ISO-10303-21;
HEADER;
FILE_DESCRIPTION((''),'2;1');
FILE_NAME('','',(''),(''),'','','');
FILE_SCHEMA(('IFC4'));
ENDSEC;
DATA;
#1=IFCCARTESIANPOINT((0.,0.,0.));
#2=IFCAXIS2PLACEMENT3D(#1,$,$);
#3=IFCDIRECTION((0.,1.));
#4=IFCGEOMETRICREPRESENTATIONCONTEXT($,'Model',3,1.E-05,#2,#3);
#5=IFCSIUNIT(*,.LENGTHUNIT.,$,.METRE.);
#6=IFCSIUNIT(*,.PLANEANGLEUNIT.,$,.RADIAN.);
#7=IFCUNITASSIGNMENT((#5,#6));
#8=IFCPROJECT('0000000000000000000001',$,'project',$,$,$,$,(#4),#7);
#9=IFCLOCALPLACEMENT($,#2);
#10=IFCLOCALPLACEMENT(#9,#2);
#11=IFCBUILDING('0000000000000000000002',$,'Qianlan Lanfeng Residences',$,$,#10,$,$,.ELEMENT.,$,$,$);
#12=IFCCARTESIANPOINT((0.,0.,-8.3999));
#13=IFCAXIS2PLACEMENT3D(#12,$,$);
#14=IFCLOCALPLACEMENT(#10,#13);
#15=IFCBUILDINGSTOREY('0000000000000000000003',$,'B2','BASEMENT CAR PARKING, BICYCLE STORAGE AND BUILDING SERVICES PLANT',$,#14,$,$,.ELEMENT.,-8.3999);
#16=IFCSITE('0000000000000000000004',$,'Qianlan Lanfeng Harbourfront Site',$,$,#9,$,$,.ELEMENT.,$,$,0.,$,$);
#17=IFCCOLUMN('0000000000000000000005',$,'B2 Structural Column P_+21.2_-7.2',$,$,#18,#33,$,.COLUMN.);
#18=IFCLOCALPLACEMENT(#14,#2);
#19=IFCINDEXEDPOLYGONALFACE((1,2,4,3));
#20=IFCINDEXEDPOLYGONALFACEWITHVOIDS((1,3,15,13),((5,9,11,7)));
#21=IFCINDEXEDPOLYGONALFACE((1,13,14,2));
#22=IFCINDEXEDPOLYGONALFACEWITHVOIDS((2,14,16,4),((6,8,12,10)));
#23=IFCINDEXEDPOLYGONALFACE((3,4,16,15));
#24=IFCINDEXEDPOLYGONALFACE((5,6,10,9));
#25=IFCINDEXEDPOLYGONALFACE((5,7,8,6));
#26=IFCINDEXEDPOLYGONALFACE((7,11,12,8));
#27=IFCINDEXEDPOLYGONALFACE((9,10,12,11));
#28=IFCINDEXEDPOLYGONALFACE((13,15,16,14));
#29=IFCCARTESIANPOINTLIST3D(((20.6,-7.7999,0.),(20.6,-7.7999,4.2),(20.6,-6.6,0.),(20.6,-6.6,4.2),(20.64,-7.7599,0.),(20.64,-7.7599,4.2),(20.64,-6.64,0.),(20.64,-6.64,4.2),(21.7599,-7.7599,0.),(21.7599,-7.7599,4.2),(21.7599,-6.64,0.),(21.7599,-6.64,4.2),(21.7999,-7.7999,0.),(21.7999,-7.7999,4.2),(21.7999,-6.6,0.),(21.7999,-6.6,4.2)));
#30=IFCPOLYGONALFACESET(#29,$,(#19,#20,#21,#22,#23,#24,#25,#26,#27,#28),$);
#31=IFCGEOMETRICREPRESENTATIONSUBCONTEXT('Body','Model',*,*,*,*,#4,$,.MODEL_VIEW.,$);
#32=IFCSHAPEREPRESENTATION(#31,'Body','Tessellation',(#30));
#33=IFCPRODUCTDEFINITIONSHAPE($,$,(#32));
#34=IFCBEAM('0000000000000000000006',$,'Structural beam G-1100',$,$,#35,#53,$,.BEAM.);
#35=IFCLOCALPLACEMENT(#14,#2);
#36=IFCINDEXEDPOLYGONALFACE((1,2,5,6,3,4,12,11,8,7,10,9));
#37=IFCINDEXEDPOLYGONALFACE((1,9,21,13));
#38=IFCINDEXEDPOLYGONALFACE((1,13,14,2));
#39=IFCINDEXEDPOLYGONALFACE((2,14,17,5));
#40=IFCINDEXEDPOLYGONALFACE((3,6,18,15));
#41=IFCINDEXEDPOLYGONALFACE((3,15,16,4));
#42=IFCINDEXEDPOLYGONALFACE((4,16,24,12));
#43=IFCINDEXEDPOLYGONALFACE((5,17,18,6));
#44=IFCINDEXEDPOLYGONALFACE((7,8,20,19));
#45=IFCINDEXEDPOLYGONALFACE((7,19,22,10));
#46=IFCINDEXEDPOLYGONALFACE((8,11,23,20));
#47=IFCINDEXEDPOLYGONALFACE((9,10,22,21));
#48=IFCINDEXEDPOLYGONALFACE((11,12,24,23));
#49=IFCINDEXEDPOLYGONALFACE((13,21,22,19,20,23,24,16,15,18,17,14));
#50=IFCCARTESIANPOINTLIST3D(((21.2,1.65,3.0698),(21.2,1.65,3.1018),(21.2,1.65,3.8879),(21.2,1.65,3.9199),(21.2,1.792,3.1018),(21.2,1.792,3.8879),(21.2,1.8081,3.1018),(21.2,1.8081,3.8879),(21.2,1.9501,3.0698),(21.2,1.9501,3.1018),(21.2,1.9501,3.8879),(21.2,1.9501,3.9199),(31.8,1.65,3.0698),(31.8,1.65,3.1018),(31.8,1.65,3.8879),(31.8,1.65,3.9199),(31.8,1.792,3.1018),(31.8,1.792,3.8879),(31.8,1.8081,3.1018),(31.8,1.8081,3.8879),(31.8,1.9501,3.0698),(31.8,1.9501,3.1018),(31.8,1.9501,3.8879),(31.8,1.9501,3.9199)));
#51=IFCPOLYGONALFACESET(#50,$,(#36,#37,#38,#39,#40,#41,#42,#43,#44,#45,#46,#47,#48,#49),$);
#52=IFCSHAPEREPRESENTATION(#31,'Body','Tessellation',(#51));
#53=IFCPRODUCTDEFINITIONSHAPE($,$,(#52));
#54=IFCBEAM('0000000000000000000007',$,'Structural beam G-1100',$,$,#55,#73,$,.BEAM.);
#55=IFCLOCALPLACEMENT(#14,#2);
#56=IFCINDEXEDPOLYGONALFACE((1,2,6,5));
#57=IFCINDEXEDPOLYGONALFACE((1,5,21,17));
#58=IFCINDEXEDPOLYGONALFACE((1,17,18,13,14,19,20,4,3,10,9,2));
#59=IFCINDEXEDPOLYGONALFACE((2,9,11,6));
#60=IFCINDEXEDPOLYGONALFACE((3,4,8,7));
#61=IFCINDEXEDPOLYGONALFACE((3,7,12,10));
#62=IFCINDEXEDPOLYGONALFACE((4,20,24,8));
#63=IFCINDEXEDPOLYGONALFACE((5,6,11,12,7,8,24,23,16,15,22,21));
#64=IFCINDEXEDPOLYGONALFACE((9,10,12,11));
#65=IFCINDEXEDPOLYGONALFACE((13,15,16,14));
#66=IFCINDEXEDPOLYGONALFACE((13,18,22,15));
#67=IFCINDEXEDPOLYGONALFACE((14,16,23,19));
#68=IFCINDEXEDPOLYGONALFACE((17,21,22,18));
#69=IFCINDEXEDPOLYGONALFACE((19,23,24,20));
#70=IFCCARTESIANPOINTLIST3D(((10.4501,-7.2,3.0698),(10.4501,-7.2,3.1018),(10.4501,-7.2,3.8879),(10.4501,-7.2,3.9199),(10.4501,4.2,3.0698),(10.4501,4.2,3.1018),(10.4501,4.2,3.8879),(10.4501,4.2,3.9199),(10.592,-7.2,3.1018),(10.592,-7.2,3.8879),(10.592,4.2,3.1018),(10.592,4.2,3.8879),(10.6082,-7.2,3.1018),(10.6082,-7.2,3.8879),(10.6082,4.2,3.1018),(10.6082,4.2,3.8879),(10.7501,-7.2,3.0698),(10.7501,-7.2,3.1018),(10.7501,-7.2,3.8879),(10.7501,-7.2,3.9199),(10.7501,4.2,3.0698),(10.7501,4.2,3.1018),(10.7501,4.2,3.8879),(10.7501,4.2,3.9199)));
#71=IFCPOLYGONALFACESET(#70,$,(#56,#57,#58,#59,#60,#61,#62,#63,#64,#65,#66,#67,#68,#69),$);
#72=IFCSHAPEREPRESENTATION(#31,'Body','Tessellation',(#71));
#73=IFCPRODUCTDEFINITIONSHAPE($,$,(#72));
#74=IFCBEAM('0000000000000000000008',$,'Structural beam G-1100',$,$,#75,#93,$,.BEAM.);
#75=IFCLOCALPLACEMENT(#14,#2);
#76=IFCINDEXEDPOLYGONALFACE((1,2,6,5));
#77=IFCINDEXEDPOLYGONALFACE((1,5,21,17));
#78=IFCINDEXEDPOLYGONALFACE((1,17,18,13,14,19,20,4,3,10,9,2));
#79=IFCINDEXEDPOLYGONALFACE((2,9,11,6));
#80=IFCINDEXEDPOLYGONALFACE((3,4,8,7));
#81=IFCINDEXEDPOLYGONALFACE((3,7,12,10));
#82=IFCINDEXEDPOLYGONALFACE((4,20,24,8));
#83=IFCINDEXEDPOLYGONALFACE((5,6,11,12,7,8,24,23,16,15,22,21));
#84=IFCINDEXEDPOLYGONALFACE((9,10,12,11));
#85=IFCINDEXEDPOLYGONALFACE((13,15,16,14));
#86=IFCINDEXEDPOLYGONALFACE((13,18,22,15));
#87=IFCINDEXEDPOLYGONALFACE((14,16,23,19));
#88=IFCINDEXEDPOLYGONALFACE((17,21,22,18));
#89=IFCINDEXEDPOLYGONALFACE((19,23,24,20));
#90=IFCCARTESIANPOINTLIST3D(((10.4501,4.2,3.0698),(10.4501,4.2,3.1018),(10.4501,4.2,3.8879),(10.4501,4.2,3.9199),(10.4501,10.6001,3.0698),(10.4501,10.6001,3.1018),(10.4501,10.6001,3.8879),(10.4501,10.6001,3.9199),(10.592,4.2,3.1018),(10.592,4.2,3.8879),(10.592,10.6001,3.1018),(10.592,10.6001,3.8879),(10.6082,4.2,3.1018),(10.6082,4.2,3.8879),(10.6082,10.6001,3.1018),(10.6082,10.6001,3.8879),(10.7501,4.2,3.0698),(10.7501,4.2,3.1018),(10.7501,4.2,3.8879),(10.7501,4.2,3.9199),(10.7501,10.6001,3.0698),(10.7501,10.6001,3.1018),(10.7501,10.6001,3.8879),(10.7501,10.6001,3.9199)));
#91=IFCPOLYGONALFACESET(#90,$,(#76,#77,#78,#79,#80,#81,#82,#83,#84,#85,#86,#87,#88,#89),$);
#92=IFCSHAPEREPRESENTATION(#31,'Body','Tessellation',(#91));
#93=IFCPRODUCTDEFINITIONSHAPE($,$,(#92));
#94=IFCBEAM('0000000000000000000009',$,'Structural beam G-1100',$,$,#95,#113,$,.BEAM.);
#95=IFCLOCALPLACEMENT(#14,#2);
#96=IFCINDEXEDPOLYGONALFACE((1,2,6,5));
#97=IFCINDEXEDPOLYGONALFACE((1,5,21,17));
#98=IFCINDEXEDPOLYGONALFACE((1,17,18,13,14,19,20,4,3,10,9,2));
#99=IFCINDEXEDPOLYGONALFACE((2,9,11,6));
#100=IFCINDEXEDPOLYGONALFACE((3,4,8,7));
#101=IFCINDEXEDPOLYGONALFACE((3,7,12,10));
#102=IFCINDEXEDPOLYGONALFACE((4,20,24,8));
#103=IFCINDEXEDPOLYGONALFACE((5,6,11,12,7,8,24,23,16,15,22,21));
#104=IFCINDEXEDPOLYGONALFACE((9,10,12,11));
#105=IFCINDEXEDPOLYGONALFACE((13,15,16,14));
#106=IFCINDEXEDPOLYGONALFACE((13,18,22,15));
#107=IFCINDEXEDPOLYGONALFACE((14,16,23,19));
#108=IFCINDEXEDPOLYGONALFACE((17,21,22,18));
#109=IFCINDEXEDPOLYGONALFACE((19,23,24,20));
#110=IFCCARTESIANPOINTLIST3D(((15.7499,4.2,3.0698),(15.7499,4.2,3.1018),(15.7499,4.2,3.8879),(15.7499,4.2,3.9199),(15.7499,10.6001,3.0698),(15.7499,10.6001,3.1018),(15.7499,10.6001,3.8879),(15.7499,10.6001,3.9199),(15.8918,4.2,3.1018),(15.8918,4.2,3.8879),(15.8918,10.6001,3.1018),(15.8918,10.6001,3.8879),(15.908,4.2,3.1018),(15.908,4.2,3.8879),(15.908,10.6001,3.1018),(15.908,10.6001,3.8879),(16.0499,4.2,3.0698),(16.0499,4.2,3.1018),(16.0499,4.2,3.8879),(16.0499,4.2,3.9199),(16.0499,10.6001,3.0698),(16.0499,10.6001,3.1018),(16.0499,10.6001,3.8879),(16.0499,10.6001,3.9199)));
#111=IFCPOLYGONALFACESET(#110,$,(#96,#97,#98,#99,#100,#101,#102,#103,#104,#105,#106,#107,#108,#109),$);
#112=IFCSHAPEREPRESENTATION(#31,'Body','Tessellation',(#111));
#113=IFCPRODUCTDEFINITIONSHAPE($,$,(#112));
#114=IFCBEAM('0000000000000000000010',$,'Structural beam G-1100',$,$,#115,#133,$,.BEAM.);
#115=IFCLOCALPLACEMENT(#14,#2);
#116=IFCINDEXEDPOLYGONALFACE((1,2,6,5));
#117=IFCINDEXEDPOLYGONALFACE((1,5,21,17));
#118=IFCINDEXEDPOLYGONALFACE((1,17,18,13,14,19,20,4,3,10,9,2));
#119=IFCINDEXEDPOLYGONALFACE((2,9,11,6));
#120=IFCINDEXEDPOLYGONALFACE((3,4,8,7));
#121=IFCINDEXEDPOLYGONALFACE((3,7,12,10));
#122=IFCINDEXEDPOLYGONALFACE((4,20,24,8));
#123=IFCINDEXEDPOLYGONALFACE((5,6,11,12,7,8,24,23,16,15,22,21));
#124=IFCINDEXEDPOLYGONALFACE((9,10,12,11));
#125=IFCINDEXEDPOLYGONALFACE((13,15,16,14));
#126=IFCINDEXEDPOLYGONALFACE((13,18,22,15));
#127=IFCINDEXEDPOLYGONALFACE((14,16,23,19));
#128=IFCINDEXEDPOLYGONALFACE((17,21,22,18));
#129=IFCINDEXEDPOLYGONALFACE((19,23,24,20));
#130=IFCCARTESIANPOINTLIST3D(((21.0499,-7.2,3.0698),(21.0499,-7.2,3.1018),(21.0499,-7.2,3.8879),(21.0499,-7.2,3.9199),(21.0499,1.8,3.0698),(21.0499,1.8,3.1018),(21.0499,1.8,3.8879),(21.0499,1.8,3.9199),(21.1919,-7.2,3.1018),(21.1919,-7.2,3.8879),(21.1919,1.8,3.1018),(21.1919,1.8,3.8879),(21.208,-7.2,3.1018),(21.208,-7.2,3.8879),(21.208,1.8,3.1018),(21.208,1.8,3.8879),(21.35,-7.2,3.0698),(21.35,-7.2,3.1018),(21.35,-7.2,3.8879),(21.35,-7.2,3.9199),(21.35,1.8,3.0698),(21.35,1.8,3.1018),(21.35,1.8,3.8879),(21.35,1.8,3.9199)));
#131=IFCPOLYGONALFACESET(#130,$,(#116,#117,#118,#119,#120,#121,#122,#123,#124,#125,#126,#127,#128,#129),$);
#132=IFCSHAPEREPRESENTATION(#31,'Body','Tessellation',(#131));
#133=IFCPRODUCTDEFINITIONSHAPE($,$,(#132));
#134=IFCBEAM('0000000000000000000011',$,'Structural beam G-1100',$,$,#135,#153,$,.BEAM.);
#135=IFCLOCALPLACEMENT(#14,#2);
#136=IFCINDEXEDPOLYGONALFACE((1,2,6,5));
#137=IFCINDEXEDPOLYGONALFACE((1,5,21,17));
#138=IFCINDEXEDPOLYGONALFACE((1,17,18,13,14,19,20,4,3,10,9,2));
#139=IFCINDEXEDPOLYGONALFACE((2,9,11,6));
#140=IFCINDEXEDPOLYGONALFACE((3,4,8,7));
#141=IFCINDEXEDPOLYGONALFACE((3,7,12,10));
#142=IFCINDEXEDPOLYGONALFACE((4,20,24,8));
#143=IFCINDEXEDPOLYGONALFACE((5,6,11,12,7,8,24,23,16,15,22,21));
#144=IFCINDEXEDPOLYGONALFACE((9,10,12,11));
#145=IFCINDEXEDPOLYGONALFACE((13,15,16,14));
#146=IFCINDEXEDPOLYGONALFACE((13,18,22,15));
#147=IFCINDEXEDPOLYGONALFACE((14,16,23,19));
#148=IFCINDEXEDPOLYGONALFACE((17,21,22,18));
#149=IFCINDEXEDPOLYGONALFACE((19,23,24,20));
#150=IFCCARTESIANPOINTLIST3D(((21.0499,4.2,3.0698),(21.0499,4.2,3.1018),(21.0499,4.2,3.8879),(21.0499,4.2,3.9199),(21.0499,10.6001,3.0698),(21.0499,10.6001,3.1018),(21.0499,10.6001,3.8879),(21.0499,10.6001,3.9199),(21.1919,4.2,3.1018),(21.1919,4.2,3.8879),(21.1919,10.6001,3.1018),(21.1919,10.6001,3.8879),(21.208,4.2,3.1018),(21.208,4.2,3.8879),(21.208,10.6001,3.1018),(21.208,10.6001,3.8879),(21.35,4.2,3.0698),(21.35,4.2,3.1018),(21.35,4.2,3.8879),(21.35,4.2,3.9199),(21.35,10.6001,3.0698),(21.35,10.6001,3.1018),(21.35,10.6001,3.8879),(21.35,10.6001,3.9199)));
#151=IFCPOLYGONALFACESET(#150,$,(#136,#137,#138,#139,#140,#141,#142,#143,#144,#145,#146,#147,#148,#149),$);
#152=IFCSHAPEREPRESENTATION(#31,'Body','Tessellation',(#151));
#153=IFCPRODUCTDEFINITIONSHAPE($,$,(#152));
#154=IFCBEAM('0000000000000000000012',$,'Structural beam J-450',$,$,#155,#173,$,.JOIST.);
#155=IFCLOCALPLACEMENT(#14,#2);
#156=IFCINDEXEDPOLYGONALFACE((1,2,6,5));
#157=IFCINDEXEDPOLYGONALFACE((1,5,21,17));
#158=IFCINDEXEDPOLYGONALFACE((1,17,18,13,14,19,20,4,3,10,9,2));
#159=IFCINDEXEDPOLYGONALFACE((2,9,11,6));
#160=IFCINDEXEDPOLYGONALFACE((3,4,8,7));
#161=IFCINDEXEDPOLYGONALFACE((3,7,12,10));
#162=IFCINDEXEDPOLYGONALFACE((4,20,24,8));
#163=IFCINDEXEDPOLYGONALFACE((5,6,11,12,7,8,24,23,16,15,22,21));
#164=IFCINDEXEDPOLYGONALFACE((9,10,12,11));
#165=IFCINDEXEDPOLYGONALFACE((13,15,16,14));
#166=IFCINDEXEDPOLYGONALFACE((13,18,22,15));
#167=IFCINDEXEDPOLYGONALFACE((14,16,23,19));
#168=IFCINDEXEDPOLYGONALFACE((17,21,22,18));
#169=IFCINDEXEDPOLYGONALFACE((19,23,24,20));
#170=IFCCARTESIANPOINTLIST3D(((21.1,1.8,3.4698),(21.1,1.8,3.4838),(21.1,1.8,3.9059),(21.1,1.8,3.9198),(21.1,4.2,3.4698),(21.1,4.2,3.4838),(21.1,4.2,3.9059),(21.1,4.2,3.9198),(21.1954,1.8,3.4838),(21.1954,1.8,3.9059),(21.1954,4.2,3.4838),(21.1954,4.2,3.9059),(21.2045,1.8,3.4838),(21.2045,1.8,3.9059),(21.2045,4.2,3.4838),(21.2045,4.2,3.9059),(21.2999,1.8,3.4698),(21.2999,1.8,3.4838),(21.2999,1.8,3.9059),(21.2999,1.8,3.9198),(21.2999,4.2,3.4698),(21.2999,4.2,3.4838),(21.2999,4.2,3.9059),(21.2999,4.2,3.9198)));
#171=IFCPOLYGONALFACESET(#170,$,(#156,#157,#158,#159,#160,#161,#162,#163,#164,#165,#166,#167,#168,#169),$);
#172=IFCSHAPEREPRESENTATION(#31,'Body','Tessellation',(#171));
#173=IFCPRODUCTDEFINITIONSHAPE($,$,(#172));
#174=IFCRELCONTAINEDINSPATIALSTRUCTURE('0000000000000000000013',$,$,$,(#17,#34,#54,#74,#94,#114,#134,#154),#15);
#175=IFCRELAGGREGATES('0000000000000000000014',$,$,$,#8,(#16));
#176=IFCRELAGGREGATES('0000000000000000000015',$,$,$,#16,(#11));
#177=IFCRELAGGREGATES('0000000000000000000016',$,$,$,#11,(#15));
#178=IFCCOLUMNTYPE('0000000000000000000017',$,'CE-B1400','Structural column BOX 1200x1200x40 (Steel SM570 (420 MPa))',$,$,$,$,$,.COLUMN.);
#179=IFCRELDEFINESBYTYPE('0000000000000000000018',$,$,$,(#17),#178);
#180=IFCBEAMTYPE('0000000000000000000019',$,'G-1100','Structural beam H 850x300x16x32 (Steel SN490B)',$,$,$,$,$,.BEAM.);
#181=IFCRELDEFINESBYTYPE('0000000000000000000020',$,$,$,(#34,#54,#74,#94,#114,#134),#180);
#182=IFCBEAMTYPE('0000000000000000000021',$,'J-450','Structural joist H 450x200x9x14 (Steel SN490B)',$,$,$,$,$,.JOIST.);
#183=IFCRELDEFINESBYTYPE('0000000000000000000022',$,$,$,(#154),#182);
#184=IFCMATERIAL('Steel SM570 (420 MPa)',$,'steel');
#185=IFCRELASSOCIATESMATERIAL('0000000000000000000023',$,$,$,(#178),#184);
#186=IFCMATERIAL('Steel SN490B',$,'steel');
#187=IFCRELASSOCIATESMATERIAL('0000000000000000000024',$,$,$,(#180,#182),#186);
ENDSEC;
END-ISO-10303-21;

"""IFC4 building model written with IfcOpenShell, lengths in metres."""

from ifc_helpers import new_model, si_unit, direction, frame, origin, origin_2d, place, context, subcontext, project, spatial, hollow_rectangle, i_section, extrude, material, material_profile, profile_set, type_object, element, save


model = new_model("IFC4")

# Units and contexts
model_context = context("Model", 3, precision=1e-05, world=origin(), true_north=direction((0.0, 1.0)))
body_context = subcontext(model_context, "Body", "Model", "MODEL_VIEW")
ifc_project = project(units=[si_unit("LENGTHUNIT", "METRE"), si_unit("PLANEANGLEUNIT", "RADIAN")], contexts=[model_context])

# Site, building, storey
site_placement = place(None, origin())
site = spatial("IfcSite", under=ifc_project, at=site_placement, Name="Qianlan Lanfeng Harbourfront Site", CompositionType="ELEMENT", RefElevation=0.0)
building_placement = place(site_placement, origin())
building = spatial("IfcBuilding", under=site, at=building_placement, Name="Qianlan Lanfeng Residences", CompositionType="ELEMENT")
storey_placement = place(building_placement, frame((0.0, 0.0, -8.3999)))
storey = spatial("IfcBuildingStorey", under=building, at=storey_placement, Name="B2", Description="BASEMENT CAR PARKING, BICYCLE STORAGE AND BUILDING SERVICES PLANT", CompositionType="ELEMENT", Elevation=-8.3999)

# Column
ifc_material_1 = material(Name="Steel SM570 (420 MPa)", Category="steel")
ifc_material_profile_1 = material_profile(ifc_material_1, hollow_rectangle(XDim=1.2, YDim=1.2, WallThickness=0.04, at=origin_2d()), Name="BOX 1200x1200x40")
ifc_profile_set_1 = profile_set([ifc_material_profile_1], Name="Steel SM570 (420 MPa)")
column_type_1 = type_object("IfcColumnType", Name="CE-B1400", Description="Structural column BOX 1200x1200x40 (Steel SM570 (420 MPa))", PredefinedType="COLUMN", material=ifc_profile_set_1)
for number, where, z_axis, x_axis, name in (
    (1, (21.2, -7.2, 0.0), (0.0, 0.0, 1.0), (1.0, 0.0, 0.0), "B2 Structural Column P_+21.2_-7.2"),
):
    element("IfcColumn", number, at=place(storey_placement, frame(where, z_axis=z_axis, x_axis=x_axis)), inside=storey, type_object=column_type_1, Name=name, PredefinedType="COLUMN", context=body_context, shape_type="SweptSolid", body=[
        extrude(hollow_rectangle(XDim=1.2, YDim=1.2, WallThickness=0.04, at=origin_2d()), origin(), (0.0, 0.0, 1.0), 4.2),
    ])

# Beams
ifc_material_2 = material(Name="Steel SN490B", Category="steel")
ifc_material_profile_2 = material_profile(ifc_material_2, i_section(OverallWidth=0.3, OverallDepth=0.8501, WebThickness=0.0161, FlangeThickness=0.032, at=origin_2d()), Name="H 850x300x16x32")
ifc_profile_set_2 = profile_set([ifc_material_profile_2], Name="Steel SN490B")
beam_type_1 = type_object("IfcBeamType", Name="G-1100", Description="Structural beam H 850x300x16x32 (Steel SN490B)", PredefinedType="BEAM", material=ifc_profile_set_2)
beam_1_placement = place(storey_placement, frame((21.2, 1.8, 3.4949), z_axis=(1.0, 0.0, 0.0), x_axis=(0.0, 1.0, 0.0)))
element("IfcBeam", 2, at=beam_1_placement, inside=storey, type_object=beam_type_1, Name="Structural beam G-1100", PredefinedType="BEAM", context=body_context, shape_type="SweptSolid", body=[
    extrude(i_section(OverallWidth=0.3, OverallDepth=0.8501, WebThickness=0.0161, FlangeThickness=0.032, at=origin_2d()), origin(), (0.0, 0.0, 1.0), 10.6001),
])
beam_2_placement = place(storey_placement, frame((10.6001, -7.2, 3.4949), z_axis=(0.0, 1.0, 0.0), x_axis=(-1.0, 0.0, 0.0)))
element("IfcBeam", 3, at=beam_2_placement, inside=storey, type_object=beam_type_1, Name="Structural beam G-1100", PredefinedType="BEAM", context=body_context, shape_type="SweptSolid", body=[
    extrude(i_section(OverallWidth=0.3, OverallDepth=0.8501, WebThickness=0.0161, FlangeThickness=0.032, at=origin_2d()), origin(), (0.0, 0.0, 1.0), 11.3999),
])
for number, where, z_axis, x_axis, name in (
    (4, (10.6001, 4.2, 3.4949), (0.0, 1.0, 0.0), (-1.0, 0.0, 0.0), "Structural beam G-1100"),
    (5, (15.8999, 4.2, 3.4949), (0.0, 1.0, 0.0), (-1.0, 0.0, 0.0), "Structural beam G-1100"),
):
    element("IfcBeam", number, at=place(storey_placement, frame(where, z_axis=z_axis, x_axis=x_axis)), inside=storey, type_object=beam_type_1, Name=name, PredefinedType="BEAM", context=body_context, shape_type="SweptSolid", body=[
        extrude(i_section(OverallWidth=0.3, OverallDepth=0.8501, WebThickness=0.0161, FlangeThickness=0.032, at=origin_2d()), origin(), (0.0, 0.0, 1.0), 6.4001),
    ])
beam_3_placement = place(storey_placement, frame((21.2, -7.2, 3.4949), z_axis=(0.0, 1.0, 0.0), x_axis=(-1.0, 0.0, 0.0)))
element("IfcBeam", 6, at=beam_3_placement, inside=storey, type_object=beam_type_1, Name="Structural beam G-1100", PredefinedType="BEAM", context=body_context, shape_type="SweptSolid", body=[
    extrude(i_section(OverallWidth=0.3, OverallDepth=0.8501, WebThickness=0.0161, FlangeThickness=0.032, at=origin_2d()), origin(), (0.0, 0.0, 1.0), 9.0),
])
beam_4_placement = place(storey_placement, frame((21.2, 4.2, 3.4949), z_axis=(0.0, 1.0, 0.0), x_axis=(-1.0, 0.0, 0.0)))
element("IfcBeam", 7, at=beam_4_placement, inside=storey, type_object=beam_type_1, Name="Structural beam G-1100", PredefinedType="BEAM", context=body_context, shape_type="SweptSolid", body=[
    extrude(i_section(OverallWidth=0.3, OverallDepth=0.8501, WebThickness=0.0161, FlangeThickness=0.032, at=origin_2d()), origin(), (0.0, 0.0, 1.0), 6.4001),
])
ifc_material_profile_3 = material_profile(ifc_material_2, i_section(OverallWidth=0.2, OverallDepth=0.45, WebThickness=0.009, FlangeThickness=0.0139, at=origin_2d()), Name="H 450x200x9x14")
ifc_profile_set_3 = profile_set([ifc_material_profile_3], Name="Steel SN490B")
beam_type_2 = type_object("IfcBeamType", Name="J-450", Description="Structural joist H 450x200x9x14 (Steel SN490B)", PredefinedType="JOIST", material=ifc_profile_set_3)
beam_5_placement = place(storey_placement, frame((21.2, 1.8, 3.6948), z_axis=(0.0, 1.0, 0.0), x_axis=(-1.0, 0.0, 0.0)))
element("IfcBeam", 8, at=beam_5_placement, inside=storey, type_object=beam_type_2, Name="Structural beam J-450", PredefinedType="JOIST", context=body_context, shape_type="SweptSolid", body=[
    extrude(i_section(OverallWidth=0.2, OverallDepth=0.45, WebThickness=0.009, FlangeThickness=0.0139, at=origin_2d()), origin(), (0.0, 0.0, 1.0), 2.3999),
])

save(model, "model.ifc")
